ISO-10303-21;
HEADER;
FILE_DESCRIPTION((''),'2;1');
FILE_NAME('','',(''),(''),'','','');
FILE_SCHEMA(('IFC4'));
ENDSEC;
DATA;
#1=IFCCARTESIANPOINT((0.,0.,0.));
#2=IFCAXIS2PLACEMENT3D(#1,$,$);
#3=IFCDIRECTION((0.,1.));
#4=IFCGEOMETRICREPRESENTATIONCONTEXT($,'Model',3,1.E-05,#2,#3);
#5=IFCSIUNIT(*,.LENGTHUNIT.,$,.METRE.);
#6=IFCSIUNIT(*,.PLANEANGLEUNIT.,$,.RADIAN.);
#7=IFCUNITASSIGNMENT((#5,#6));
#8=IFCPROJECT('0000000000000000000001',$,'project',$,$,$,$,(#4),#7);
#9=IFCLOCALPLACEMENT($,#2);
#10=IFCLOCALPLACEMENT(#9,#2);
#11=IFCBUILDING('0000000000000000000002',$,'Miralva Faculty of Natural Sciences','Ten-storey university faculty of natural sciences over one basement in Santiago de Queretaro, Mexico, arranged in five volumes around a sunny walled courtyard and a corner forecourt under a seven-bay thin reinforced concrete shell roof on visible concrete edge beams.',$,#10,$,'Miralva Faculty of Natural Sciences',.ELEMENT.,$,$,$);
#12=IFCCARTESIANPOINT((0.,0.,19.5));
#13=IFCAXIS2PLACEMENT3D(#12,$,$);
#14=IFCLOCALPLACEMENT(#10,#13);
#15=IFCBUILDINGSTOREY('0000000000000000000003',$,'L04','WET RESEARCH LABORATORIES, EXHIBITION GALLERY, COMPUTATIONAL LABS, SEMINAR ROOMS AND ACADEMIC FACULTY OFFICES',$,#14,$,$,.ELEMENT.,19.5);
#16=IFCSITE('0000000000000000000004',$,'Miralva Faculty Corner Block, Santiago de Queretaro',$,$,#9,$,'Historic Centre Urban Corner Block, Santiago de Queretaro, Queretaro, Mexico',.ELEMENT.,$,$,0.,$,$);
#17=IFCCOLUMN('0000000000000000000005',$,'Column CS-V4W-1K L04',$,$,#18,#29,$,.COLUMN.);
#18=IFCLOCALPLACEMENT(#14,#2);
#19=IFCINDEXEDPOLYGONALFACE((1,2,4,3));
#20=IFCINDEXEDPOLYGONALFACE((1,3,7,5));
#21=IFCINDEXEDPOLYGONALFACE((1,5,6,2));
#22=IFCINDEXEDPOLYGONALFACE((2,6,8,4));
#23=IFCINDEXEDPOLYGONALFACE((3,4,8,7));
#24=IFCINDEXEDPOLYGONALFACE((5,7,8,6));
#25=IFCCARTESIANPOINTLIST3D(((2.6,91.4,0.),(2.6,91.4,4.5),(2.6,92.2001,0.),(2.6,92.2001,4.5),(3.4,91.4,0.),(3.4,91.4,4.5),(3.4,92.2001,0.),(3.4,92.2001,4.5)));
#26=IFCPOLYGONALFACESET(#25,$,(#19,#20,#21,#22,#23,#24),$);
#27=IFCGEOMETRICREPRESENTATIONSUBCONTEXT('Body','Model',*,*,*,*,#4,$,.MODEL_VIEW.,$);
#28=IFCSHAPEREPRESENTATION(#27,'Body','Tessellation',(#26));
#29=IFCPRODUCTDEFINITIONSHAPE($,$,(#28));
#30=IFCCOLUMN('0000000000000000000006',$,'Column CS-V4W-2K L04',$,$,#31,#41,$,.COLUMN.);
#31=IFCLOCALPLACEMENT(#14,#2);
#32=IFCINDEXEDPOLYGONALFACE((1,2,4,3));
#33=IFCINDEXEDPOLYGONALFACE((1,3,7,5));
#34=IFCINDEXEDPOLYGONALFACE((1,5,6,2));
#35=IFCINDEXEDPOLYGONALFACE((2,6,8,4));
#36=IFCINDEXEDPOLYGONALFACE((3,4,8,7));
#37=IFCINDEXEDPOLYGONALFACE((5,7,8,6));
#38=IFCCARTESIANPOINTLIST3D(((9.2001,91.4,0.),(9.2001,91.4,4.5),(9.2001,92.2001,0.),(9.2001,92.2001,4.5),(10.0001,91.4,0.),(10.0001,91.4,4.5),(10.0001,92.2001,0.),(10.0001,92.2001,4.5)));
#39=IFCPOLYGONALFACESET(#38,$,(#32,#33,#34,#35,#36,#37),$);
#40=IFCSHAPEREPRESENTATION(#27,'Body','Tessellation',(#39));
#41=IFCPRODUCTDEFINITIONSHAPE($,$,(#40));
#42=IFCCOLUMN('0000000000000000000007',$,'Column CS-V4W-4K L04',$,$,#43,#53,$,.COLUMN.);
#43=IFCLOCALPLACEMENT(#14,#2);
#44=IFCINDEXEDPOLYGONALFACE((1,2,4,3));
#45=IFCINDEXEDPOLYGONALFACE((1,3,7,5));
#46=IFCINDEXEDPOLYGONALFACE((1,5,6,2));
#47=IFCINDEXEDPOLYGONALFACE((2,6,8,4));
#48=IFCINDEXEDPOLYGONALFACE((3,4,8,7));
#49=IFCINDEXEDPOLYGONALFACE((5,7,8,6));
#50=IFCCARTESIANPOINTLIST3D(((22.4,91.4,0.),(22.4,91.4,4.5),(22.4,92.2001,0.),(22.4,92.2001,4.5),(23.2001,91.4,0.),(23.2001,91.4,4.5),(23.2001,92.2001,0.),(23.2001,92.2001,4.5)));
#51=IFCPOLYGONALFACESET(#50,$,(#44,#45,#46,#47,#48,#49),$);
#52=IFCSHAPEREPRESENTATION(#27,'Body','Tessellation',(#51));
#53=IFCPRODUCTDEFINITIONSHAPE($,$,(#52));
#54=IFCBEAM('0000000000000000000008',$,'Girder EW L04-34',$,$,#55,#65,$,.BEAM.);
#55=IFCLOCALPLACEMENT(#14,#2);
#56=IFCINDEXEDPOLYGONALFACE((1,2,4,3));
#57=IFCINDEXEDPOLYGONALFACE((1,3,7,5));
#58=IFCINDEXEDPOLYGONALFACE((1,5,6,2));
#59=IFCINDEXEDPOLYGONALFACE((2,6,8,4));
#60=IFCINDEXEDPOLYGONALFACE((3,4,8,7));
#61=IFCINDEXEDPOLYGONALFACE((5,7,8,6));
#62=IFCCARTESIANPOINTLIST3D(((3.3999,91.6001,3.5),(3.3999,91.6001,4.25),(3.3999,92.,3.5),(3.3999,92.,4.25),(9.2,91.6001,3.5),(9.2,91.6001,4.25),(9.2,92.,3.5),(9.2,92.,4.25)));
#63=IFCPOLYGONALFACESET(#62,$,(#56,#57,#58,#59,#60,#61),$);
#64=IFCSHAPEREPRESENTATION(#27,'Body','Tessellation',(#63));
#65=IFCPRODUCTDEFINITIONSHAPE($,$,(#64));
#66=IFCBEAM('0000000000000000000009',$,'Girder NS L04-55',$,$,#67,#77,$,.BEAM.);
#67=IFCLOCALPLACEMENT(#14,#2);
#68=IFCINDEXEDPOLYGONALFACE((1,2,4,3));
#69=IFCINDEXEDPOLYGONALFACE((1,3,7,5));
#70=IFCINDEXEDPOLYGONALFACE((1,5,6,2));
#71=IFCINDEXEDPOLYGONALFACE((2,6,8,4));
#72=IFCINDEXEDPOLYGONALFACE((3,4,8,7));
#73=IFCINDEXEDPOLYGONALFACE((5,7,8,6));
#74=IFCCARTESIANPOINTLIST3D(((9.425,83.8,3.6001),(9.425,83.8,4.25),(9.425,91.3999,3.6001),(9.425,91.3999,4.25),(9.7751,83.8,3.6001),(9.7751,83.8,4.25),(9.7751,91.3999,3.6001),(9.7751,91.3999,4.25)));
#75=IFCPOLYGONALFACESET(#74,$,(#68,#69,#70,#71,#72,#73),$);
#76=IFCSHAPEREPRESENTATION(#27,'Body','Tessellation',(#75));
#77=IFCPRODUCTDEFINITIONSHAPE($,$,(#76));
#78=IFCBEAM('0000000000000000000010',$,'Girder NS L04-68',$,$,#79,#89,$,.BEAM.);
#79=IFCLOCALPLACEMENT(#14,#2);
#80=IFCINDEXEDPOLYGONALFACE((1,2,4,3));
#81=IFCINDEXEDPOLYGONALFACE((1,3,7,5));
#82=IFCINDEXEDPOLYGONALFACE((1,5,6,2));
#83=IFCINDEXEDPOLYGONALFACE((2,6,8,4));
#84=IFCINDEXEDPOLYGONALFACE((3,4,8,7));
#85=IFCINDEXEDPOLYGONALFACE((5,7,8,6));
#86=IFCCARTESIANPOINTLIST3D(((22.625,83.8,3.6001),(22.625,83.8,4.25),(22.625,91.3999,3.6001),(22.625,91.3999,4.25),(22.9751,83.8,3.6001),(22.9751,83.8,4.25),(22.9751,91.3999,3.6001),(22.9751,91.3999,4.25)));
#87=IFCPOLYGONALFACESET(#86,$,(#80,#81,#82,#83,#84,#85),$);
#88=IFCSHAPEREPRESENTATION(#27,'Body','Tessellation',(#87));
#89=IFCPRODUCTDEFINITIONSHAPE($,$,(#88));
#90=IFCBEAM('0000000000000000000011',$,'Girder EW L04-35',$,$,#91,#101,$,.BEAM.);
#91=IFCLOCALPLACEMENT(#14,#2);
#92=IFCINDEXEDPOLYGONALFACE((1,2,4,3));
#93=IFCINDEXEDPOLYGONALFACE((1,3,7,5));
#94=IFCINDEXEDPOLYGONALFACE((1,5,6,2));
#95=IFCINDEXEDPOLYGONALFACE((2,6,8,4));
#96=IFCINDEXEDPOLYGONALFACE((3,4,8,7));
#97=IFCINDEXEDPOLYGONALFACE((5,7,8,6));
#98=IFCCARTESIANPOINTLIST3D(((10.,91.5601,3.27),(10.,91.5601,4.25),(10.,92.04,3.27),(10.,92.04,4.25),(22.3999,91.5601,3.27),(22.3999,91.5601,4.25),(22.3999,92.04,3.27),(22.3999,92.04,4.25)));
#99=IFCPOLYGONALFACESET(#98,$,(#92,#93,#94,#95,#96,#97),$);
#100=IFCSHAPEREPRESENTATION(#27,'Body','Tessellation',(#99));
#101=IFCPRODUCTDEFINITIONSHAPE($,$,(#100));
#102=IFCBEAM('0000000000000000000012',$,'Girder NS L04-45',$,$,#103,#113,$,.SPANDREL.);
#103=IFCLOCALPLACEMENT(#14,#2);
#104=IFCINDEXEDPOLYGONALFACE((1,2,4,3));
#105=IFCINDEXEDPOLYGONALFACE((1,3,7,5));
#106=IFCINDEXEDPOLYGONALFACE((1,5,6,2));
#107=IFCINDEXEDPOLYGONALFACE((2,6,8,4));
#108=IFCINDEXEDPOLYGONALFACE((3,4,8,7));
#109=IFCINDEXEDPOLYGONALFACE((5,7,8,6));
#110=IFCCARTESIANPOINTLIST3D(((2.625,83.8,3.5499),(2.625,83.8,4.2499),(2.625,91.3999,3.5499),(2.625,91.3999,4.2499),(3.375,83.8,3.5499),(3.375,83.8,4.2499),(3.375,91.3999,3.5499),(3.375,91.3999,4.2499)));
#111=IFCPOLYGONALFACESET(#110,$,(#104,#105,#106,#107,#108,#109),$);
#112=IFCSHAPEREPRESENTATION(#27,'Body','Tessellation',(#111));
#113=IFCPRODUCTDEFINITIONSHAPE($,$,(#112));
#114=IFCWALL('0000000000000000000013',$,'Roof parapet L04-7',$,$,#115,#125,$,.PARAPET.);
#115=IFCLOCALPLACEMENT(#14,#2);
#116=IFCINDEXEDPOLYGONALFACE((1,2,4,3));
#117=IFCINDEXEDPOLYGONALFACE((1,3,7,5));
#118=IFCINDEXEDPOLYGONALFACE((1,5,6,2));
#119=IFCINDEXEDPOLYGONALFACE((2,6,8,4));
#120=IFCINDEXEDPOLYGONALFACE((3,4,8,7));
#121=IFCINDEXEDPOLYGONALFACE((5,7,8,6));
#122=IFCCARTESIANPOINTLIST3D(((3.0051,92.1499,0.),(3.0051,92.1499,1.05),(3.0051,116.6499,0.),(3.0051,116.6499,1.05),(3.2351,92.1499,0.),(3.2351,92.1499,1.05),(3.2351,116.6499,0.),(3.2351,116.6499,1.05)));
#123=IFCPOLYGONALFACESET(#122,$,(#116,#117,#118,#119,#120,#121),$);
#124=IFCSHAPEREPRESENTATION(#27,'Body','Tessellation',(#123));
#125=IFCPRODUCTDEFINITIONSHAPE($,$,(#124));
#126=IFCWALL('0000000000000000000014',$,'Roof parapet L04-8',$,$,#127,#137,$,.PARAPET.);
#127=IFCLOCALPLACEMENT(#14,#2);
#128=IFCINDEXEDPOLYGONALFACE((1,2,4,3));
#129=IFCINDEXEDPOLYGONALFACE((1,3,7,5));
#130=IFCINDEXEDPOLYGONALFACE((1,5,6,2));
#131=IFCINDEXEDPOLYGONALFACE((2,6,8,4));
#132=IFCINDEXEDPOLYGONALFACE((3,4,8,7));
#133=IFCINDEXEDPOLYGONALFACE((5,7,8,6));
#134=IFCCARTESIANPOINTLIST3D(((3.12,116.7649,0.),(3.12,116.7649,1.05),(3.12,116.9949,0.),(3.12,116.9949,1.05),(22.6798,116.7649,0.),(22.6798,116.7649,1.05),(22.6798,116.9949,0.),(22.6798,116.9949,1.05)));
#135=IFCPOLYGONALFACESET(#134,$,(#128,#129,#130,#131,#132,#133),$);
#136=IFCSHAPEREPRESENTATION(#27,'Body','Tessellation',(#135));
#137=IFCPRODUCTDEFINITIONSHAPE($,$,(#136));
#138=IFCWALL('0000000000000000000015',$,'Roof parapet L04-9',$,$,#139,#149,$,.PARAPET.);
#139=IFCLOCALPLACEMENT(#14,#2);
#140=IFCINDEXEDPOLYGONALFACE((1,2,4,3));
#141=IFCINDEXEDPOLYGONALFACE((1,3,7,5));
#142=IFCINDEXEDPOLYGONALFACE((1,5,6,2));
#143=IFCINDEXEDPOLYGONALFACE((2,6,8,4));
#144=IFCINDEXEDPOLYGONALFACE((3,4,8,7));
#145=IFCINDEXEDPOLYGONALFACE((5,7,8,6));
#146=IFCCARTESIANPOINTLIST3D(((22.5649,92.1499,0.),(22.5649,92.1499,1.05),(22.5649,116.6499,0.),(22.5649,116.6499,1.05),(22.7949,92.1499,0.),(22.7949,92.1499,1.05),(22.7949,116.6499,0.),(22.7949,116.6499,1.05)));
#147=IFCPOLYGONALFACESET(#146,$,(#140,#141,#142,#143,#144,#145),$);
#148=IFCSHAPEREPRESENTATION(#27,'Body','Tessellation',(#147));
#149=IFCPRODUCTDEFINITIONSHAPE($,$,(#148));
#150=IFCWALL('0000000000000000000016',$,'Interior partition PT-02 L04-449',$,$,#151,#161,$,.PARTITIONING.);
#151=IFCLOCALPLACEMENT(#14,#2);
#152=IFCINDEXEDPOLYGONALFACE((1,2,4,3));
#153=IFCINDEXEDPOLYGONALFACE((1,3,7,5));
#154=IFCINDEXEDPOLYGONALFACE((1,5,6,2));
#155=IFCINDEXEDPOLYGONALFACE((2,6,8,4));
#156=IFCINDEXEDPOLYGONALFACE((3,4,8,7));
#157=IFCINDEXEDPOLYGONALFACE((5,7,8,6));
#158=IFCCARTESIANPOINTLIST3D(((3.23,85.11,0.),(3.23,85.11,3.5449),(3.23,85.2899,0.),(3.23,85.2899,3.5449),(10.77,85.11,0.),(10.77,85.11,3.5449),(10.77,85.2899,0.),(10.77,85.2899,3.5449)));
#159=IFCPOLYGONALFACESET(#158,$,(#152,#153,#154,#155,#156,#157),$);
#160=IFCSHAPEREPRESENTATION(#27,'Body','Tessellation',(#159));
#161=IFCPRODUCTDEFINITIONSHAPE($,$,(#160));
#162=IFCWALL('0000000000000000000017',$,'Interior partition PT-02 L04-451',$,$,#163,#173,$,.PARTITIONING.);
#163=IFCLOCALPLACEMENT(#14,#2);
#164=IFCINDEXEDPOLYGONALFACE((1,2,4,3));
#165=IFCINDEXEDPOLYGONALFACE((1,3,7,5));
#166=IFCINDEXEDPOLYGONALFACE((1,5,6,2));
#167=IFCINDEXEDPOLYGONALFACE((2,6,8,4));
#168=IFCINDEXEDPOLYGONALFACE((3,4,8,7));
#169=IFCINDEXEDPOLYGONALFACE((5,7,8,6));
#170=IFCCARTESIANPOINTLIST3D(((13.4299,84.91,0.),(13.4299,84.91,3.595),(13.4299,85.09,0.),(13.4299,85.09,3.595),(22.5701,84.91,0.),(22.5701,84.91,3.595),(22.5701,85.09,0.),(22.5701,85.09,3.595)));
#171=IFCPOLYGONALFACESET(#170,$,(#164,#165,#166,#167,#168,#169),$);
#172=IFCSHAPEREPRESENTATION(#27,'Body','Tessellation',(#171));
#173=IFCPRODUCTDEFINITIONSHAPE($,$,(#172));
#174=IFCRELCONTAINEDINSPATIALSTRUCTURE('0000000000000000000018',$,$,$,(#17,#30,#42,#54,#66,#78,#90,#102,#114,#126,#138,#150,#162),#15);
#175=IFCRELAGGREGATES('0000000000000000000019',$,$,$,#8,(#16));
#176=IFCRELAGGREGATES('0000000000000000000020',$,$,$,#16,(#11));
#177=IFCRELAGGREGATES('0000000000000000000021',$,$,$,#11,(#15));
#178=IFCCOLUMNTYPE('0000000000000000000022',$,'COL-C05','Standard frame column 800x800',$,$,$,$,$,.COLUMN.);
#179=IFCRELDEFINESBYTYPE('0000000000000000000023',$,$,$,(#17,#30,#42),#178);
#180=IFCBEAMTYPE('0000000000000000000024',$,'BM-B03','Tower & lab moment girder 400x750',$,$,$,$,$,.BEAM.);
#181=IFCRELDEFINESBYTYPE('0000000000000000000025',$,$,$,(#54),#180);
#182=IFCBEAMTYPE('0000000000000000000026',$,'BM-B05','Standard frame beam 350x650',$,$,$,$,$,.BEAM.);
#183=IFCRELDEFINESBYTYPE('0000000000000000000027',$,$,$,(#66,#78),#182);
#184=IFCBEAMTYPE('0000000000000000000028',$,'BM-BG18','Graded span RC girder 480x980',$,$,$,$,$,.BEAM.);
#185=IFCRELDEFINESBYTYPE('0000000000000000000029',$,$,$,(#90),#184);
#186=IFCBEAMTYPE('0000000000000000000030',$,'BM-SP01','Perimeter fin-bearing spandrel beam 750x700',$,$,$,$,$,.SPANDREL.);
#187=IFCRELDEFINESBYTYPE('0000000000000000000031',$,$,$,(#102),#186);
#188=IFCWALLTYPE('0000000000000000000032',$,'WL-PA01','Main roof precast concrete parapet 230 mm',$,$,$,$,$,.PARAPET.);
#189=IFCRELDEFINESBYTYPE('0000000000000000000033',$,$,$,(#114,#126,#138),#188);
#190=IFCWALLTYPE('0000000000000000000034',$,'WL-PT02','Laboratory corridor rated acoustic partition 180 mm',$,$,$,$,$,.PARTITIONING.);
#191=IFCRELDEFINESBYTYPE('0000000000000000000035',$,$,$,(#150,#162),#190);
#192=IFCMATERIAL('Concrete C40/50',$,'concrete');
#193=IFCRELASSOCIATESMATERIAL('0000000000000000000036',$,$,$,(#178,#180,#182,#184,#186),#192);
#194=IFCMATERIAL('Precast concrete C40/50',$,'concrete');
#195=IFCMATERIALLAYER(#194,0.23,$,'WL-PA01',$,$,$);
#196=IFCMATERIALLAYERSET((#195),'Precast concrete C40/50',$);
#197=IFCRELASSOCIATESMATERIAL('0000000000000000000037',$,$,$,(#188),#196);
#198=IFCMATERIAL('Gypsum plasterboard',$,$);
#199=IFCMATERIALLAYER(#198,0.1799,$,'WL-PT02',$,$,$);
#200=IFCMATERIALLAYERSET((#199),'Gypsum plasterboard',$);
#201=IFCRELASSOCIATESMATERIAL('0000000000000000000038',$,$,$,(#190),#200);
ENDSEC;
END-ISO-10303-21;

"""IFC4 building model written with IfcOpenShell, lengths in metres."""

from ifc_helpers import new_model, si_unit, direction, frame, frame_2d, origin, origin_2d, place, context, subcontext, project, spatial, rectangle, extrude, material, layer, layer_set, material_profile, profile_set, type_object, element, save


model = new_model("IFC4")

# Units and contexts
model_context = context("Model", 3, precision=1e-05, world=origin(), true_north=direction((0.0, 1.0)))
body_context = subcontext(model_context, "Body", "Model", "MODEL_VIEW")
ifc_project = project(units=[si_unit("LENGTHUNIT", "METRE"), si_unit("PLANEANGLEUNIT", "RADIAN")], contexts=[model_context])

# Site, building, storey
site_placement = place(None, origin())
site = spatial("IfcSite", under=ifc_project, at=site_placement, Name="Miralva Faculty Corner Block, Santiago de Queretaro", LongName="Historic Centre Urban Corner Block, Santiago de Queretaro, Queretaro, Mexico", CompositionType="ELEMENT", RefElevation=0.0)
building_placement = place(site_placement, origin())
building = spatial("IfcBuilding", under=site, at=building_placement, Name="Miralva Faculty of Natural Sciences", Description="Ten-storey university faculty of natural sciences over one basement in Santiago de Queretaro, Mexico, arranged in five volumes around a sunny walled courtyard and a corner forecourt under a seven-bay thin reinforced concrete shell roof on visible concrete edge beams.", LongName="Miralva Faculty of Natural Sciences", CompositionType="ELEMENT")
storey_placement = place(building_placement, frame((0.0, 0.0, 19.5)))
storey = spatial("IfcBuildingStorey", under=building, at=storey_placement, Name="L04", Description="WET RESEARCH LABORATORIES, EXHIBITION GALLERY, COMPUTATIONAL LABS, SEMINAR ROOMS AND ACADEMIC FACULTY OFFICES", CompositionType="ELEMENT", Elevation=19.5)

# Columns
ifc_material_1 = material(Name="Concrete C40/50", Category="concrete")
ifc_material_profile_1 = material_profile(ifc_material_1, rectangle(XDim=0.8, YDim=0.8, at=origin_2d()), Name="RC 800x800")
ifc_profile_set_1 = profile_set([ifc_material_profile_1], Name="Concrete C40/50")
column_type = type_object("IfcColumnType", Name="COL-C05", Description="Standard frame column 800x800", PredefinedType="COLUMN", material=ifc_profile_set_1)
for number, where, z_axis, x_axis, name in (
    (1, (3.0, 91.8, 0.0), (0.0, 0.0, 1.0), (1.0, 0.0, 0.0), "Column CS-V4W-1K L04"),
    (2, (9.6001, 91.8, 0.0), (0.0, 0.0, 1.0), (1.0, 0.0, 0.0), "Column CS-V4W-2K L04"),
    (3, (22.8, 91.8, 0.0), (0.0, 0.0, 1.0), (1.0, 0.0, 0.0), "Column CS-V4W-4K L04"),
):
    element("IfcColumn", number, at=place(storey_placement, frame(where, z_axis=z_axis, x_axis=x_axis)), inside=storey, type_object=column_type, Name=name, PredefinedType="COLUMN", context=body_context, shape_type="SweptSolid", body=[
        extrude(rectangle(XDim=0.8, YDim=0.8, at=origin_2d()), origin(), (0.0, 0.0, 1.0), 4.5),
    ])

# Beams
ifc_material_profile_2 = material_profile(ifc_material_1, rectangle(XDim=0.3999, YDim=0.75, at=origin_2d()), Name="RC 400x750")
ifc_profile_set_2 = profile_set([ifc_material_profile_2], Name="Concrete C40/50")
beam_type_1 = type_object("IfcBeamType", Name="BM-B03", Description="Tower & lab moment girder 400x750", PredefinedType="BEAM", material=ifc_profile_set_2)
beam_1_placement = place(storey_placement, frame((3.3999, 91.8, 3.875), z_axis=(1.0, 0.0, 0.0), x_axis=(0.0, 1.0, 0.0)))
element("IfcBeam", 4, at=beam_1_placement, inside=storey, type_object=beam_type_1, Name="Girder EW L04-34", PredefinedType="BEAM", context=body_context, shape_type="SweptSolid", body=[
    extrude(rectangle(XDim=0.3999, YDim=0.75, at=origin_2d()), origin(), (0.0, 0.0, 1.0), 5.8),
])
ifc_material_profile_3 = material_profile(ifc_material_1, rectangle(XDim=0.3501, YDim=0.6499, at=origin_2d()), Name="RC 350x650")
ifc_profile_set_3 = profile_set([ifc_material_profile_3], Name="Concrete C40/50")
beam_type_2 = type_object("IfcBeamType", Name="BM-B05", Description="Standard frame beam 350x650", PredefinedType="BEAM", material=ifc_profile_set_3)
for number, where, z_axis, x_axis, name in (
    (5, (9.6001, 83.8, 3.925), (0.0, 1.0, 0.0), (-1.0, 0.0, 0.0), "Girder NS L04-55"),
    (6, (22.8, 83.8, 3.925), (0.0, 1.0, 0.0), (-1.0, 0.0, 0.0), "Girder NS L04-68"),
):
    element("IfcBeam", number, at=place(storey_placement, frame(where, z_axis=z_axis, x_axis=x_axis)), inside=storey, type_object=beam_type_2, Name=name, PredefinedType="BEAM", context=body_context, shape_type="SweptSolid", body=[
        extrude(rectangle(XDim=0.3501, YDim=0.6499, at=origin_2d()), origin(), (0.0, 0.0, 1.0), 7.5999),
    ])
ifc_material_profile_4 = material_profile(ifc_material_1, rectangle(XDim=0.48, YDim=0.98, at=origin_2d()), Name="RC 480x980")
ifc_profile_set_4 = profile_set([ifc_material_profile_4], Name="Concrete C40/50")
beam_type_3 = type_object("IfcBeamType", Name="BM-BG18", Description="Graded span RC girder 480x980", PredefinedType="BEAM", material=ifc_profile_set_4)
beam_2_placement = place(storey_placement, frame((10.0, 91.8, 3.76), z_axis=(1.0, 0.0, 0.0), x_axis=(0.0, 1.0, 0.0)))
element("IfcBeam", 7, at=beam_2_placement, inside=storey, type_object=beam_type_3, Name="Girder EW L04-35", PredefinedType="BEAM", context=body_context, shape_type="SweptSolid", body=[
    extrude(rectangle(XDim=0.48, YDim=0.98, at=origin_2d()), origin(), (0.0, 0.0, 1.0), 12.3999),
])
ifc_material_profile_5 = material_profile(ifc_material_1, rectangle(XDim=0.75, YDim=0.7, at=origin_2d()), Name="RC 750x700")
ifc_profile_set_5 = profile_set([ifc_material_profile_5], Name="Concrete C40/50")
beam_type_4 = type_object("IfcBeamType", Name="BM-SP01", Description="Perimeter fin-bearing spandrel beam 750x700", PredefinedType="SPANDREL", material=ifc_profile_set_5)
beam_3_placement = place(storey_placement, frame((3.0, 83.8, 3.8999), z_axis=(0.0, 1.0, 0.0), x_axis=(-1.0, 0.0, 0.0)))
element("IfcBeam", 8, at=beam_3_placement, inside=storey, type_object=beam_type_4, Name="Girder NS L04-45", PredefinedType="SPANDREL", context=body_context, shape_type="SweptSolid", body=[
    extrude(rectangle(XDim=0.75, YDim=0.7, at=origin_2d()), origin(), (0.0, 0.0, 1.0), 7.5999),
])

# Walls
ifc_material_2 = material(Name="Precast concrete C40/50", Category="concrete")
ifc_layer_1 = layer(ifc_material_2, 0.23, Name="WL-PA01")
ifc_layer_set_1 = layer_set([ifc_layer_1], Name="Precast concrete C40/50")
wall_type_1 = type_object("IfcWallType", Name="WL-PA01", Description="Main roof precast concrete parapet 230 mm", PredefinedType="PARAPET", material=ifc_layer_set_1)
wall_1_placement = place(storey_placement, frame((3.1201, 92.1499, 0.0), z_axis=(0.0, 0.0, 1.0), x_axis=(0.0, 1.0, 0.0)))
element("IfcWall", 9, at=wall_1_placement, inside=storey, type_object=wall_type_1, Name="Roof parapet L04-7", PredefinedType="PARAPET", context=body_context, shape_type="SweptSolid", body=[
    extrude(rectangle(XDim=24.5, YDim=0.23, at=frame_2d((12.25, 0.0))), origin(), (0.0, 0.0, 1.0), 1.05),
])
wall_2_placement = place(storey_placement, frame((3.1201, 116.8799, 0.0), z_axis=(0.0, 0.0, 1.0), x_axis=(1.0, 0.0, 0.0)))
element("IfcWall", 10, at=wall_2_placement, inside=storey, type_object=wall_type_1, Name="Roof parapet L04-8", PredefinedType="PARAPET", context=body_context, shape_type="SweptSolid", body=[
    extrude(rectangle(XDim=19.5598, YDim=0.23, at=frame_2d((9.7798, 0.0))), origin(), (0.0, 0.0, 1.0), 1.05),
])
wall_3_placement = place(storey_placement, frame((22.6799, 92.1499, 0.0), z_axis=(0.0, 0.0, 1.0), x_axis=(0.0, 1.0, 0.0)))
element("IfcWall", 11, at=wall_3_placement, inside=storey, type_object=wall_type_1, Name="Roof parapet L04-9", PredefinedType="PARAPET", context=body_context, shape_type="SweptSolid", body=[
    extrude(rectangle(XDim=24.5, YDim=0.23, at=frame_2d((12.25, 0.0))), origin(), (0.0, 0.0, 1.0), 1.05),
])
ifc_material_3 = material(Name="Gypsum plasterboard")
ifc_layer_2 = layer(ifc_material_3, 0.1799, Name="WL-PT02")
ifc_layer_set_2 = layer_set([ifc_layer_2], Name="Gypsum plasterboard")
wall_type_2 = type_object("IfcWallType", Name="WL-PT02", Description="Laboratory corridor rated acoustic partition 180 mm", PredefinedType="PARTITIONING", material=ifc_layer_set_2)
wall_4_placement = place(storey_placement, frame((3.23, 85.2, 0.0), z_axis=(0.0, 0.0, 1.0), x_axis=(1.0, 0.0, 0.0)))
element("IfcWall", 12, at=wall_4_placement, inside=storey, type_object=wall_type_2, Name="Interior partition PT-02 L04-449", PredefinedType="PARTITIONING", context=body_context, shape_type="SweptSolid", body=[
    extrude(rectangle(XDim=7.54, YDim=0.1799, at=frame_2d((3.77, 0.0))), origin(), (0.0, 0.0, 1.0), 3.5449),
])
wall_5_placement = place(storey_placement, frame((13.4299, 85.0, 0.0), z_axis=(0.0, 0.0, 1.0), x_axis=(1.0, 0.0, 0.0)))
element("IfcWall", 13, at=wall_5_placement, inside=storey, type_object=wall_type_2, Name="Interior partition PT-02 L04-451", PredefinedType="PARTITIONING", context=body_context, shape_type="SweptSolid", body=[
    extrude(rectangle(XDim=9.1401, YDim=0.1799, at=frame_2d((4.5701, 0.0))), origin(), (0.0, 0.0, 1.0), 3.595),
])

save(model, "model.ifc")
